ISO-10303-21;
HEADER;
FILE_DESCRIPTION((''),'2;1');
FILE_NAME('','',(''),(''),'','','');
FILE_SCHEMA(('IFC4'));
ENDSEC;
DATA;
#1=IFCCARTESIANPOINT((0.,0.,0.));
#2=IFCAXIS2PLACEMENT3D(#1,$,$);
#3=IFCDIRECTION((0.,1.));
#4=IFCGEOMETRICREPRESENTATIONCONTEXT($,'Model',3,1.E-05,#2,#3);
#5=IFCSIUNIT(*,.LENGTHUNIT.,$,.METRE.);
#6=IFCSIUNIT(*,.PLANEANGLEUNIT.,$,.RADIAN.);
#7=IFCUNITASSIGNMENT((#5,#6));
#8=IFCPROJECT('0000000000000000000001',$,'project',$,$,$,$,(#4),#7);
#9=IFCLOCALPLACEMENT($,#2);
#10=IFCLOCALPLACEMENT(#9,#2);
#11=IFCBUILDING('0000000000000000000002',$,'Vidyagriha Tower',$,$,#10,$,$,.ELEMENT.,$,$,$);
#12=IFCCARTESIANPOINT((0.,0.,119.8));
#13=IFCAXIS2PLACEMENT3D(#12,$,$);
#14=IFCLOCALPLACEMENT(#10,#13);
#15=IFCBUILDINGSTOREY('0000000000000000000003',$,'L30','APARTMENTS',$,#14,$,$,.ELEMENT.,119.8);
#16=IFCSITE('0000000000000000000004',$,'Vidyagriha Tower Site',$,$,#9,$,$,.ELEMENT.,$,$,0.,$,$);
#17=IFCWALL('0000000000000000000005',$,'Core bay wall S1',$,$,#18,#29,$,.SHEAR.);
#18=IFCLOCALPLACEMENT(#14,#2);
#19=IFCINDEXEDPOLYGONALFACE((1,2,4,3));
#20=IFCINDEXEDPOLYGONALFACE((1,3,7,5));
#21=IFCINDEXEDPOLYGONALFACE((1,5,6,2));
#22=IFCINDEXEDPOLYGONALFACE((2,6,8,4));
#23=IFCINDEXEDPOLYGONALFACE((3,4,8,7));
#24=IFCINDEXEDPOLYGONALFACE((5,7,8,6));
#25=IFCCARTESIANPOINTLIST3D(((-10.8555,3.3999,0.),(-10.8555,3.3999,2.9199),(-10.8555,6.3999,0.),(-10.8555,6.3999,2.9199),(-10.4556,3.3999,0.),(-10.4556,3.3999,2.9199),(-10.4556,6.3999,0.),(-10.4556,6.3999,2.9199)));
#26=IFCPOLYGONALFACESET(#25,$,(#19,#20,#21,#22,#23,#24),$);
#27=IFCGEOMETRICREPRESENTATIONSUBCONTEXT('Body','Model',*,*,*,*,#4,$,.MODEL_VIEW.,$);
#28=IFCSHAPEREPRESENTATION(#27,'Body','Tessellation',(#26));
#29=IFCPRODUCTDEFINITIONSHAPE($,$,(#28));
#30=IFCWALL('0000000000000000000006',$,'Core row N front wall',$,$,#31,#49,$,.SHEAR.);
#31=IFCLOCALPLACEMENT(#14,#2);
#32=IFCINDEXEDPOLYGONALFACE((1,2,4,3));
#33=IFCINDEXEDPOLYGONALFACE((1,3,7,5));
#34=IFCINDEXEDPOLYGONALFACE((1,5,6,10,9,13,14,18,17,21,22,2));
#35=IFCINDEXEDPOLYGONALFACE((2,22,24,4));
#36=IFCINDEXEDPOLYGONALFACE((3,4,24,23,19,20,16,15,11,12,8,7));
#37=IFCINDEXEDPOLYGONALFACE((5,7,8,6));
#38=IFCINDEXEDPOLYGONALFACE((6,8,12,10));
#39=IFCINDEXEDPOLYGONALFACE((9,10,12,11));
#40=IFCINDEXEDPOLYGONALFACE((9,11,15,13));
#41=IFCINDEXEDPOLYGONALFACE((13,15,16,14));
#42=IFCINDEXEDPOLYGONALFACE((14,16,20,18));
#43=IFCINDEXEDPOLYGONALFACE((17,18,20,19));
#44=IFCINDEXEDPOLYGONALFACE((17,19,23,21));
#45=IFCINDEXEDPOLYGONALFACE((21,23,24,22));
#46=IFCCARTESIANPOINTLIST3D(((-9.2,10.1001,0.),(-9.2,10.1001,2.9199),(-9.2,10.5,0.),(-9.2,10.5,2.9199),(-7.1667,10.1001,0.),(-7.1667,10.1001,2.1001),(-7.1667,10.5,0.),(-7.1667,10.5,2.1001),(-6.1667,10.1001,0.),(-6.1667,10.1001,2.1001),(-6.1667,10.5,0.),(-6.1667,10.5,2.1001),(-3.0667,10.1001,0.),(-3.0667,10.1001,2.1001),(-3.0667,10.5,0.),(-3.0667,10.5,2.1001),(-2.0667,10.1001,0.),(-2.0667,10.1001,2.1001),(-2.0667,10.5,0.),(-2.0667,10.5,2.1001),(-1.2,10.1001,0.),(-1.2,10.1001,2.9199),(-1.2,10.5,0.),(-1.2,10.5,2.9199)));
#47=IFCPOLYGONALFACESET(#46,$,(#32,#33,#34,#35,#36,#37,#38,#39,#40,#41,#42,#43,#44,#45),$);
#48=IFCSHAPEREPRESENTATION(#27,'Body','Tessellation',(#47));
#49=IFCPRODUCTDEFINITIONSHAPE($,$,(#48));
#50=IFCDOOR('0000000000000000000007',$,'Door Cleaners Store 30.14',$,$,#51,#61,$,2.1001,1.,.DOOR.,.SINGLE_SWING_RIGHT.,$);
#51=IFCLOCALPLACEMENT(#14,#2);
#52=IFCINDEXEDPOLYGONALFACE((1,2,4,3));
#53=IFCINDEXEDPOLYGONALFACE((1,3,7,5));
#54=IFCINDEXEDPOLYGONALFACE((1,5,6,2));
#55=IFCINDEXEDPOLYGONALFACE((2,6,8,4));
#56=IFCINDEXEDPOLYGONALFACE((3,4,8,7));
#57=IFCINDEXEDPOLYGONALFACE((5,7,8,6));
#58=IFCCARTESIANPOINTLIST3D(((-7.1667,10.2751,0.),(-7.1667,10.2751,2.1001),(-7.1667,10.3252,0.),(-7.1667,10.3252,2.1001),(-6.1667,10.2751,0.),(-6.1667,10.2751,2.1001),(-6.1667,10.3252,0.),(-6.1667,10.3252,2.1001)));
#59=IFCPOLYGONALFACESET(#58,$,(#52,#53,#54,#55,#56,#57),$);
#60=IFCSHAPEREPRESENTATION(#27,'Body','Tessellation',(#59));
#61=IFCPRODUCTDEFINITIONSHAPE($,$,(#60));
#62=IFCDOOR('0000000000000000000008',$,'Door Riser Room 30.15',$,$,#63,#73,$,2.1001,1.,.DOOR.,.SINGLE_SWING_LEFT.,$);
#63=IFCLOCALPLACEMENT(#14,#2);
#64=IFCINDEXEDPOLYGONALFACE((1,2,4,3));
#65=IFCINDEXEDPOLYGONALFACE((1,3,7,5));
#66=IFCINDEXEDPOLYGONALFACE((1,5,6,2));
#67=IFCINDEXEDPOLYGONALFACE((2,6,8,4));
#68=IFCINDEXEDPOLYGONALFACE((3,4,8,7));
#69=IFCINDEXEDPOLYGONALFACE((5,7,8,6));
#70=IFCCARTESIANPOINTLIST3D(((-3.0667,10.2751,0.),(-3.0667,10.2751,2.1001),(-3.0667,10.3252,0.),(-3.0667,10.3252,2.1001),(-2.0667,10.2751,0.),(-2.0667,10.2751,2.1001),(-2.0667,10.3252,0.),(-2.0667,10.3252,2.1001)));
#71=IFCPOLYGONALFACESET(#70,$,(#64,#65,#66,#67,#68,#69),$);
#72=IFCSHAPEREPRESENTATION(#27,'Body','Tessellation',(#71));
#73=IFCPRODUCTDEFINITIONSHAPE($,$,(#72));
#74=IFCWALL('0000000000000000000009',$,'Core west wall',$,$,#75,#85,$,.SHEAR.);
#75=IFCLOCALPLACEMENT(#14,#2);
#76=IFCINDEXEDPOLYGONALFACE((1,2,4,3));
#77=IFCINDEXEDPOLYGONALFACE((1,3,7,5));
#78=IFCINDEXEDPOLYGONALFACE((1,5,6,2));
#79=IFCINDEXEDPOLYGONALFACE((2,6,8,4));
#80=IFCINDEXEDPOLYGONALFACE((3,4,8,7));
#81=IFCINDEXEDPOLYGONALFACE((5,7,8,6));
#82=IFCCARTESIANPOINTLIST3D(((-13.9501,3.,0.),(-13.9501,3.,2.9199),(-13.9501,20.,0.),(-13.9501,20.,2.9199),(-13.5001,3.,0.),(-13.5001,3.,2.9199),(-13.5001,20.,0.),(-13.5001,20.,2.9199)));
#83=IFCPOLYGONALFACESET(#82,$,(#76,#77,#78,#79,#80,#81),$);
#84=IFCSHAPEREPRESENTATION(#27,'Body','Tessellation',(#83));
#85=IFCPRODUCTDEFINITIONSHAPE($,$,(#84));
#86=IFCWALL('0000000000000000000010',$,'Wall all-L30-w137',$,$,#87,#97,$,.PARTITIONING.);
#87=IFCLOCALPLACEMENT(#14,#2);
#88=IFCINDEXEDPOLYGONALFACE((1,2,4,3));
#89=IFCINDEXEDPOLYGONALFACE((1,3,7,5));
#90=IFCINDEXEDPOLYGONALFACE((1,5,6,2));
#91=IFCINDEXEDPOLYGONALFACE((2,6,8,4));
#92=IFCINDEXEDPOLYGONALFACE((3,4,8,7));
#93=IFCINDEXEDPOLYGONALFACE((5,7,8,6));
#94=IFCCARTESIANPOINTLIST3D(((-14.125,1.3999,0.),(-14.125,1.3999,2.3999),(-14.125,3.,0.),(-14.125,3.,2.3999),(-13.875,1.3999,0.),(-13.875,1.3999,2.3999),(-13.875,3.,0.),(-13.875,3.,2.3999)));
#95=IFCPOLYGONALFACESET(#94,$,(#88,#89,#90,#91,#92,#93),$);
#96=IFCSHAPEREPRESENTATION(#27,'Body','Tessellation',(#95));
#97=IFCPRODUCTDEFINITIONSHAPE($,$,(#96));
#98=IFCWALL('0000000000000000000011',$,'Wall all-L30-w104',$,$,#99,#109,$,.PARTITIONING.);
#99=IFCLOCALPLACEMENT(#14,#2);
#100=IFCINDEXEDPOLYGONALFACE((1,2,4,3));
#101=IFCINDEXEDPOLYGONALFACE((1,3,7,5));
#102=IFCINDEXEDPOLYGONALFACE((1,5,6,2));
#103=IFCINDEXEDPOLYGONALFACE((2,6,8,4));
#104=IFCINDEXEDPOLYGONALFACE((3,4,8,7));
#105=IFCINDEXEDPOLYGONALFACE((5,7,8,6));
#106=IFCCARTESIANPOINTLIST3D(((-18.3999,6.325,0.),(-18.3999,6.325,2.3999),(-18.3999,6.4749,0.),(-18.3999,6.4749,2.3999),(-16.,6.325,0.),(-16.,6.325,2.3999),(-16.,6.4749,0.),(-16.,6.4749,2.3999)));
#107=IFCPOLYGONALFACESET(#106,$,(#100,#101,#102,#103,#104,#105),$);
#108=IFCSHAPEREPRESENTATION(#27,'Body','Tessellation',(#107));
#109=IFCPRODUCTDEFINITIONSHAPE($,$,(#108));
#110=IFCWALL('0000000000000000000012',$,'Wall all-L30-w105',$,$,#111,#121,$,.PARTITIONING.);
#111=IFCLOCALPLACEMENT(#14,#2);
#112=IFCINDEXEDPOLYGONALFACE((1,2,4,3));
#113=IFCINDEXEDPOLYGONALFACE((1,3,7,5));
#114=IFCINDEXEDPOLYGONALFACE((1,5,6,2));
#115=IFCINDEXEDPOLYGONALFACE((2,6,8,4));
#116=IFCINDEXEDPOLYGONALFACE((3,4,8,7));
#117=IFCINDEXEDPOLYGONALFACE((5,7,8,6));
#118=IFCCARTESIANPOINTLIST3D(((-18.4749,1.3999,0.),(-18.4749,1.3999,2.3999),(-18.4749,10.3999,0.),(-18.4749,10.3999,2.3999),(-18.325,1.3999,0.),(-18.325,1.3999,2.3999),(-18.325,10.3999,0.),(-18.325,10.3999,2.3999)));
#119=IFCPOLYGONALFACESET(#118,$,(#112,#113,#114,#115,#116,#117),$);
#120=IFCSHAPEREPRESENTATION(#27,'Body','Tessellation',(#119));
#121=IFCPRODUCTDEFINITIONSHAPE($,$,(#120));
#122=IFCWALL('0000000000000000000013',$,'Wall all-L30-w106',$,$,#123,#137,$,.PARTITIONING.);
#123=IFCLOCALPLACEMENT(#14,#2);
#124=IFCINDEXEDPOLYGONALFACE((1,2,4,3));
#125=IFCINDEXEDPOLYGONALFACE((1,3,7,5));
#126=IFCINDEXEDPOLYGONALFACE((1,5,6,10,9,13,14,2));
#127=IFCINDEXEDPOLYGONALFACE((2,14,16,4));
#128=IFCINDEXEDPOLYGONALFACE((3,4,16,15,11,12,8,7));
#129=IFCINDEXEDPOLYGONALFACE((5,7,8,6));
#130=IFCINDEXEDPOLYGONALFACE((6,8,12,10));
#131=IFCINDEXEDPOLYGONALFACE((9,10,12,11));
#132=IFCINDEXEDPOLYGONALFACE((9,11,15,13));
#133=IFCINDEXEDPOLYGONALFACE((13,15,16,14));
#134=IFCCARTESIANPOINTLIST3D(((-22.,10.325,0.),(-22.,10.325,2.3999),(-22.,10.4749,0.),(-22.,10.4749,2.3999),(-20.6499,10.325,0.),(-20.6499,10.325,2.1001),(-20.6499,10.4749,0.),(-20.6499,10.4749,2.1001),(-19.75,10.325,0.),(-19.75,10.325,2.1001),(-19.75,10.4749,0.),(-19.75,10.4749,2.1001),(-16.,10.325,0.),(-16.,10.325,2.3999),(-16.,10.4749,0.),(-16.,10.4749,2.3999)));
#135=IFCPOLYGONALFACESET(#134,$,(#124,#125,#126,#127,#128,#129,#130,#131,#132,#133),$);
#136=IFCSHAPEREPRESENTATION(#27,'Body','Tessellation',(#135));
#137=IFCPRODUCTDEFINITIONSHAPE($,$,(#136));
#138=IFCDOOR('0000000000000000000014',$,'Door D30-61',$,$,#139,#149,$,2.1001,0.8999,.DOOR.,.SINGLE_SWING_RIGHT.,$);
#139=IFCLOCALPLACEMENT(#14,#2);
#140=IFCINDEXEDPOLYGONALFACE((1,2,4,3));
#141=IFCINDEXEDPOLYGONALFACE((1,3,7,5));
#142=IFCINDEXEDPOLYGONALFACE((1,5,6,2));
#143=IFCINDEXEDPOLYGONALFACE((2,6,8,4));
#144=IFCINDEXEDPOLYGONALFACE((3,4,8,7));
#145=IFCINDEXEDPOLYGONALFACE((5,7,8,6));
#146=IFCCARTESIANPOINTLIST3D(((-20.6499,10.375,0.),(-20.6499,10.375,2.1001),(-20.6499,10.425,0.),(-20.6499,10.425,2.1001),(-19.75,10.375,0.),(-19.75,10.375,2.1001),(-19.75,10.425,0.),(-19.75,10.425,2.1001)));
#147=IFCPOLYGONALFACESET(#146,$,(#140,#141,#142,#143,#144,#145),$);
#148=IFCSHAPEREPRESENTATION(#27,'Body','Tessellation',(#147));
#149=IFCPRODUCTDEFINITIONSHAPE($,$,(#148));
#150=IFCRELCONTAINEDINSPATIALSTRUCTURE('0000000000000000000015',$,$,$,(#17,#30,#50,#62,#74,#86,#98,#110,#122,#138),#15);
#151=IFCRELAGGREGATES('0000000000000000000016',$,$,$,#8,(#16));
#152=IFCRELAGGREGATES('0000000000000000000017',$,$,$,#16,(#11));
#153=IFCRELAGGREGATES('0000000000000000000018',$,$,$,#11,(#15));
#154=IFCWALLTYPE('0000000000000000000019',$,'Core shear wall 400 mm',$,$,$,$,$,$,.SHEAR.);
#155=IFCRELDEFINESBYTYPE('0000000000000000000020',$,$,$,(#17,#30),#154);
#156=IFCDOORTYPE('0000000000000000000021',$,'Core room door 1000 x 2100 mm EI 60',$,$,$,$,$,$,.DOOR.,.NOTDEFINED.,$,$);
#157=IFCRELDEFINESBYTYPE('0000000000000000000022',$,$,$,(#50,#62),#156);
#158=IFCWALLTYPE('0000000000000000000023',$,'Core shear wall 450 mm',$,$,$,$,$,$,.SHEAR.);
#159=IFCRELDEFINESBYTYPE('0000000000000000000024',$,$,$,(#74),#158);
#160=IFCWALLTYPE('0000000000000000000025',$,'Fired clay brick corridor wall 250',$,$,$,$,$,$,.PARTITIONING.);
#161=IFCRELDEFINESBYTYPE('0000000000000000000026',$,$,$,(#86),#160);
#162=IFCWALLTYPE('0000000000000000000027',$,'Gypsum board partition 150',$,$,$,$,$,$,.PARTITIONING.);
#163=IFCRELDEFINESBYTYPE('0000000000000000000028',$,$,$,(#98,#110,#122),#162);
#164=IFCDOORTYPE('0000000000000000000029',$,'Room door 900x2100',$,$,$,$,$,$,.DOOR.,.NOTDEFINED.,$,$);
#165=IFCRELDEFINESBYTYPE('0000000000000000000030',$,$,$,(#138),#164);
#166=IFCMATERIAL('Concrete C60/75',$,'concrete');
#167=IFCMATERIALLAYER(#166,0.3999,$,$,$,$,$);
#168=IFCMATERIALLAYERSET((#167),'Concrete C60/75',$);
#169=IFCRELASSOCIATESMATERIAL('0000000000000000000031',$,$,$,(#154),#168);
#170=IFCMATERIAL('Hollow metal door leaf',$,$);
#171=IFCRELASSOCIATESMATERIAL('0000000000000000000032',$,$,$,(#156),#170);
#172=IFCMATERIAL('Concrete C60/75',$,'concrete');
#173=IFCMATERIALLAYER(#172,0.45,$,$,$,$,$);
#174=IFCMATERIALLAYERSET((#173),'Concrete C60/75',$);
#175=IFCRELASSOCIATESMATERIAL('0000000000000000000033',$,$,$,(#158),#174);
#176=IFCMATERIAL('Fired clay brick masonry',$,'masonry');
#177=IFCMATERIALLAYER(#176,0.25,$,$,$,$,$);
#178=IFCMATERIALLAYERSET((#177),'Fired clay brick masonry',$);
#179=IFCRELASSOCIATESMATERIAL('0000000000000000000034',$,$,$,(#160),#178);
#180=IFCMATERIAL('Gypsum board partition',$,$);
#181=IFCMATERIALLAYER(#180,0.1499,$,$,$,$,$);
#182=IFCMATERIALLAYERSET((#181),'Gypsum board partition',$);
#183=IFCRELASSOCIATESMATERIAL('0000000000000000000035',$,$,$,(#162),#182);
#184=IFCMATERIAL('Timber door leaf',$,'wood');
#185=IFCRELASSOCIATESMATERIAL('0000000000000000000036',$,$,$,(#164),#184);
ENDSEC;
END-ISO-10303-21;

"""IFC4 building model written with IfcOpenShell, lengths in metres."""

from ifc_helpers import new_model, si_unit, direction, frame, frame_2d, origin, place, context, subcontext, project, spatial, rectangle, extrude, material, layer, layer_set, type_object, element, fill, save


model = new_model("IFC4")

# Units and contexts
model_context = context("Model", 3, precision=1e-05, world=origin(), true_north=direction((0.0, 1.0)))
body_context = subcontext(model_context, "Body", "Model", "MODEL_VIEW")
ifc_project = project(units=[si_unit("LENGTHUNIT", "METRE"), si_unit("PLANEANGLEUNIT", "RADIAN")], contexts=[model_context])

# Site, building, storey
site_placement = place(None, origin())
site = spatial("IfcSite", under=ifc_project, at=site_placement, Name="Vidyagriha Tower Site", CompositionType="ELEMENT", RefElevation=0.0)
building_placement = place(site_placement, origin())
building = spatial("IfcBuilding", under=site, at=building_placement, Name="Vidyagriha Tower", CompositionType="ELEMENT")
storey_placement = place(building_placement, frame((0.0, 0.0, 119.8)))
storey = spatial("IfcBuildingStorey", under=building, at=storey_placement, Name="L30", Description="APARTMENTS", CompositionType="ELEMENT", Elevation=119.8)

# Shared definitions
ifc_material_1 = material(Name="Concrete C60/75", Category="concrete")
ifc_layer_1 = layer(ifc_material_1, 0.3999)
ifc_layer_set_1 = layer_set([ifc_layer_1], Name="Concrete C60/75")
wall_type_1 = type_object("IfcWallType", Name="Core shear wall 400 mm", PredefinedType="SHEAR", material=ifc_layer_set_1)
ifc_material_2 = material(Name="Hollow metal door leaf")
door_type_1 = type_object("IfcDoorType", Name="Core room door 1000 x 2100 mm EI 60", OperationType="NOTDEFINED", PredefinedType="DOOR", material=ifc_material_2)

# Wall
wall_1_placement = place(storey_placement, frame((-10.6555, 3.3999, 0.0), z_axis=(0.0, 0.0, 1.0), x_axis=(0.0, 1.0, 0.0)))
element("IfcWall", 1, at=wall_1_placement, inside=storey, type_object=wall_type_1, Name="Core bay wall S1", PredefinedType="SHEAR", context=body_context, shape_type="SweptSolid", body=[
    extrude(rectangle(XDim=3.0, YDim=0.3999, at=frame_2d((1.5, 0.0))), origin(), (0.0, 0.0, 1.0), 2.9199),
])

# Wall, openings, doors
wall_2_placement = place(storey_placement, frame((-9.2, 10.3, 0.0)))
wall_2 = element("IfcWall", 2, at=wall_2_placement, inside=storey, type_object=wall_type_1, Name="Core row N front wall", PredefinedType="SHEAR", context=body_context, shape_type="SweptSolid", body=[
    extrude(rectangle(XDim=8.0, YDim=0.3999, at=frame_2d((4.0, 0.0))), origin(), (0.0, 0.0, 1.0), 2.9199),
])
opening_1_placement = place(wall_2_placement, frame((2.0332, 0.0, 0.0)))
opening_1 = element("IfcOpeningElement", 3, at=opening_1_placement, cuts=wall_2, PredefinedType="OPENING", context=body_context, shape_type="SweptSolid", body=[
    extrude(rectangle(XDim=1.0, YDim=2.1001, at=frame_2d((0.5, 1.05))), frame((0.0, 0.21, 0.0), z_axis=(0.0, -1.0, 0.0), x_axis=(1.0, 0.0, 0.0)), (0.0, 0.0, 1.0), 0.4199),
])
opening_2_placement = place(wall_2_placement, frame((6.1333, 0.0, 0.0)))
opening_2 = element("IfcOpeningElement", 4, at=opening_2_placement, cuts=wall_2, PredefinedType="OPENING", context=body_context, shape_type="SweptSolid", body=[
    extrude(rectangle(XDim=1.0, YDim=2.1001, at=frame_2d((0.5, 1.05))), frame((0.0, 0.21, 0.0), z_axis=(0.0, -1.0, 0.0), x_axis=(1.0, 0.0, 0.0)), (0.0, 0.0, 1.0), 0.4199),
])
door_1_placement = place(opening_1_placement, frame((1.0, 0.0, 0.0), z_axis=(0.0, 0.0, 1.0), x_axis=(-1.0, 0.0, 0.0)))
door_1 = element("IfcDoor", 5, at=door_1_placement, inside=storey, type_object=door_type_1, Name="Door Cleaners Store 30.14", OperationType="SINGLE_SWING_RIGHT", OverallHeight=2.1001, OverallWidth=1.0, PredefinedType="DOOR", context=body_context, shape_type="SweptSolid", body=[
    extrude(rectangle(XDim=1.0, YDim=2.1001, at=frame_2d((0.5, 1.05))), frame((0.0, 0.0249, 0.0), z_axis=(0.0, -1.0, 0.0), x_axis=(1.0, 0.0, 0.0)), (0.0, 0.0, 1.0), 0.05),
])
fill(opening_1, door_1)
door_2_placement = place(opening_2_placement, frame((1.0, 0.0, 0.0), z_axis=(0.0, 0.0, 1.0), x_axis=(-1.0, 0.0, 0.0)))
door_2 = element("IfcDoor", 6, at=door_2_placement, inside=storey, type_object=door_type_1, Name="Door Riser Room 30.15", OperationType="SINGLE_SWING_LEFT", OverallHeight=2.1001, OverallWidth=1.0, PredefinedType="DOOR", context=body_context, shape_type="SweptSolid", body=[
    extrude(rectangle(XDim=1.0, YDim=2.1001, at=frame_2d((0.5, 1.05))), frame((0.0, 0.0249, 0.0), z_axis=(0.0, -1.0, 0.0), x_axis=(1.0, 0.0, 0.0)), (0.0, 0.0, 1.0), 0.05),
])
fill(opening_2, door_2)

# Walls
ifc_material_3 = material(Name="Concrete C60/75", Category="concrete")
ifc_layer_2 = layer(ifc_material_3, 0.45)
ifc_layer_set_2 = layer_set([ifc_layer_2], Name="Concrete C60/75")
wall_type_2 = type_object("IfcWallType", Name="Core shear wall 450 mm", PredefinedType="SHEAR", material=ifc_layer_set_2)
wall_3_placement = place(storey_placement, frame((-13.7251, 3.0, 0.0), z_axis=(0.0, 0.0, 1.0), x_axis=(0.0, 1.0, 0.0)))
element("IfcWall", 7, at=wall_3_placement, inside=storey, type_object=wall_type_2, Name="Core west wall", PredefinedType="SHEAR", context=body_context, shape_type="SweptSolid", body=[
    extrude(rectangle(XDim=17.0, YDim=0.45, at=frame_2d((8.5, 0.0))), origin(), (0.0, 0.0, 1.0), 2.9199),
])
ifc_material_4 = material(Name="Fired clay brick masonry", Category="masonry")
ifc_layer_3 = layer(ifc_material_4, 0.25)
ifc_layer_set_3 = layer_set([ifc_layer_3], Name="Fired clay brick masonry")
wall_type_3 = type_object("IfcWallType", Name="Fired clay brick corridor wall 250", PredefinedType="PARTITIONING", material=ifc_layer_set_3)
wall_4_placement = place(storey_placement, frame((-14.0, 3.0, 0.0), z_axis=(0.0, 0.0, 1.0), x_axis=(0.0, -1.0, 0.0)))
element("IfcWall", 8, at=wall_4_placement, inside=storey, type_object=wall_type_3, Name="Wall all-L30-w137", PredefinedType="PARTITIONING", context=body_context, shape_type="SweptSolid", body=[
    extrude(rectangle(XDim=1.6001, YDim=0.25, at=frame_2d((0.8, 0.0))), origin(), (0.0, 0.0, 1.0), 2.3999),
])
ifc_material_5 = material(Name="Gypsum board partition")
ifc_layer_4 = layer(ifc_material_5, 0.1499)
ifc_layer_set_4 = layer_set([ifc_layer_4], Name="Gypsum board partition")
wall_type_4 = type_object("IfcWallType", Name="Gypsum board partition 150", PredefinedType="PARTITIONING", material=ifc_layer_set_4)
wall_5_placement = place(storey_placement, frame((-18.3999, 6.3999, 0.0)))
element("IfcWall", 9, at=wall_5_placement, inside=storey, type_object=wall_type_4, Name="Wall all-L30-w104", PredefinedType="PARTITIONING", context=body_context, shape_type="SweptSolid", body=[
    extrude(rectangle(XDim=2.3999, YDim=0.1499, at=frame_2d((1.2, 0.0))), origin(), (0.0, 0.0, 1.0), 2.3999),
])
wall_6_placement = place(storey_placement, frame((-18.3999, 1.3999, 0.0), z_axis=(0.0, 0.0, 1.0), x_axis=(0.0, 1.0, 0.0)))
element("IfcWall", 10, at=wall_6_placement, inside=storey, type_object=wall_type_4, Name="Wall all-L30-w105", PredefinedType="PARTITIONING", context=body_context, shape_type="SweptSolid", body=[
    extrude(rectangle(XDim=9.0, YDim=0.1499, at=frame_2d((4.5, 0.0))), origin(), (0.0, 0.0, 1.0), 2.3999),
])

# Wall, opening, door
wall_7_placement = place(storey_placement, frame((-16.0, 10.3999, 0.0), z_axis=(0.0, 0.0, 1.0), x_axis=(-1.0, 0.0, 0.0)))
wall_7 = element("IfcWall", 11, at=wall_7_placement, inside=storey, type_object=wall_type_4, Name="Wall all-L30-w106", PredefinedType="PARTITIONING", context=body_context, shape_type="SweptSolid", body=[
    extrude(rectangle(XDim=6.0, YDim=0.1499, at=frame_2d((3.0, 0.0))), origin(), (0.0, 0.0, 1.0), 2.3999),
])
opening_3_placement = place(wall_7_placement, frame((3.75, 0.0, 0.0)))
opening_3 = element("IfcOpeningElement", 12, at=opening_3_placement, cuts=wall_7, PredefinedType="OPENING", context=body_context, shape_type="SweptSolid", body=[
    extrude(rectangle(XDim=0.8999, YDim=2.1001, at=frame_2d((0.45, 1.05))), frame((0.0, 0.085, 0.0), z_axis=(0.0, -1.0, 0.0), x_axis=(1.0, 0.0, 0.0)), (0.0, 0.0, 1.0), 0.1699),
])
ifc_material_6 = material(Name="Timber door leaf", Category="wood")
door_type_2 = type_object("IfcDoorType", Name="Room door 900x2100", OperationType="NOTDEFINED", PredefinedType="DOOR", material=ifc_material_6)
door_3_placement = place(opening_3_placement, origin())
door_3 = element("IfcDoor", 13, at=door_3_placement, inside=storey, type_object=door_type_2, Name="Door D30-61", OperationType="SINGLE_SWING_RIGHT", OverallHeight=2.1001, OverallWidth=0.8999, PredefinedType="DOOR", context=body_context, shape_type="SweptSolid", body=[
    extrude(rectangle(XDim=0.8999, YDim=2.1001, at=frame_2d((0.45, 1.05))), frame((0.0, 0.0249, 0.0), z_axis=(0.0, -1.0, 0.0), x_axis=(1.0, 0.0, 0.0)), (0.0, 0.0, 1.0), 0.05),
])
fill(opening_3, door_3)

save(model, "model.ifc")
